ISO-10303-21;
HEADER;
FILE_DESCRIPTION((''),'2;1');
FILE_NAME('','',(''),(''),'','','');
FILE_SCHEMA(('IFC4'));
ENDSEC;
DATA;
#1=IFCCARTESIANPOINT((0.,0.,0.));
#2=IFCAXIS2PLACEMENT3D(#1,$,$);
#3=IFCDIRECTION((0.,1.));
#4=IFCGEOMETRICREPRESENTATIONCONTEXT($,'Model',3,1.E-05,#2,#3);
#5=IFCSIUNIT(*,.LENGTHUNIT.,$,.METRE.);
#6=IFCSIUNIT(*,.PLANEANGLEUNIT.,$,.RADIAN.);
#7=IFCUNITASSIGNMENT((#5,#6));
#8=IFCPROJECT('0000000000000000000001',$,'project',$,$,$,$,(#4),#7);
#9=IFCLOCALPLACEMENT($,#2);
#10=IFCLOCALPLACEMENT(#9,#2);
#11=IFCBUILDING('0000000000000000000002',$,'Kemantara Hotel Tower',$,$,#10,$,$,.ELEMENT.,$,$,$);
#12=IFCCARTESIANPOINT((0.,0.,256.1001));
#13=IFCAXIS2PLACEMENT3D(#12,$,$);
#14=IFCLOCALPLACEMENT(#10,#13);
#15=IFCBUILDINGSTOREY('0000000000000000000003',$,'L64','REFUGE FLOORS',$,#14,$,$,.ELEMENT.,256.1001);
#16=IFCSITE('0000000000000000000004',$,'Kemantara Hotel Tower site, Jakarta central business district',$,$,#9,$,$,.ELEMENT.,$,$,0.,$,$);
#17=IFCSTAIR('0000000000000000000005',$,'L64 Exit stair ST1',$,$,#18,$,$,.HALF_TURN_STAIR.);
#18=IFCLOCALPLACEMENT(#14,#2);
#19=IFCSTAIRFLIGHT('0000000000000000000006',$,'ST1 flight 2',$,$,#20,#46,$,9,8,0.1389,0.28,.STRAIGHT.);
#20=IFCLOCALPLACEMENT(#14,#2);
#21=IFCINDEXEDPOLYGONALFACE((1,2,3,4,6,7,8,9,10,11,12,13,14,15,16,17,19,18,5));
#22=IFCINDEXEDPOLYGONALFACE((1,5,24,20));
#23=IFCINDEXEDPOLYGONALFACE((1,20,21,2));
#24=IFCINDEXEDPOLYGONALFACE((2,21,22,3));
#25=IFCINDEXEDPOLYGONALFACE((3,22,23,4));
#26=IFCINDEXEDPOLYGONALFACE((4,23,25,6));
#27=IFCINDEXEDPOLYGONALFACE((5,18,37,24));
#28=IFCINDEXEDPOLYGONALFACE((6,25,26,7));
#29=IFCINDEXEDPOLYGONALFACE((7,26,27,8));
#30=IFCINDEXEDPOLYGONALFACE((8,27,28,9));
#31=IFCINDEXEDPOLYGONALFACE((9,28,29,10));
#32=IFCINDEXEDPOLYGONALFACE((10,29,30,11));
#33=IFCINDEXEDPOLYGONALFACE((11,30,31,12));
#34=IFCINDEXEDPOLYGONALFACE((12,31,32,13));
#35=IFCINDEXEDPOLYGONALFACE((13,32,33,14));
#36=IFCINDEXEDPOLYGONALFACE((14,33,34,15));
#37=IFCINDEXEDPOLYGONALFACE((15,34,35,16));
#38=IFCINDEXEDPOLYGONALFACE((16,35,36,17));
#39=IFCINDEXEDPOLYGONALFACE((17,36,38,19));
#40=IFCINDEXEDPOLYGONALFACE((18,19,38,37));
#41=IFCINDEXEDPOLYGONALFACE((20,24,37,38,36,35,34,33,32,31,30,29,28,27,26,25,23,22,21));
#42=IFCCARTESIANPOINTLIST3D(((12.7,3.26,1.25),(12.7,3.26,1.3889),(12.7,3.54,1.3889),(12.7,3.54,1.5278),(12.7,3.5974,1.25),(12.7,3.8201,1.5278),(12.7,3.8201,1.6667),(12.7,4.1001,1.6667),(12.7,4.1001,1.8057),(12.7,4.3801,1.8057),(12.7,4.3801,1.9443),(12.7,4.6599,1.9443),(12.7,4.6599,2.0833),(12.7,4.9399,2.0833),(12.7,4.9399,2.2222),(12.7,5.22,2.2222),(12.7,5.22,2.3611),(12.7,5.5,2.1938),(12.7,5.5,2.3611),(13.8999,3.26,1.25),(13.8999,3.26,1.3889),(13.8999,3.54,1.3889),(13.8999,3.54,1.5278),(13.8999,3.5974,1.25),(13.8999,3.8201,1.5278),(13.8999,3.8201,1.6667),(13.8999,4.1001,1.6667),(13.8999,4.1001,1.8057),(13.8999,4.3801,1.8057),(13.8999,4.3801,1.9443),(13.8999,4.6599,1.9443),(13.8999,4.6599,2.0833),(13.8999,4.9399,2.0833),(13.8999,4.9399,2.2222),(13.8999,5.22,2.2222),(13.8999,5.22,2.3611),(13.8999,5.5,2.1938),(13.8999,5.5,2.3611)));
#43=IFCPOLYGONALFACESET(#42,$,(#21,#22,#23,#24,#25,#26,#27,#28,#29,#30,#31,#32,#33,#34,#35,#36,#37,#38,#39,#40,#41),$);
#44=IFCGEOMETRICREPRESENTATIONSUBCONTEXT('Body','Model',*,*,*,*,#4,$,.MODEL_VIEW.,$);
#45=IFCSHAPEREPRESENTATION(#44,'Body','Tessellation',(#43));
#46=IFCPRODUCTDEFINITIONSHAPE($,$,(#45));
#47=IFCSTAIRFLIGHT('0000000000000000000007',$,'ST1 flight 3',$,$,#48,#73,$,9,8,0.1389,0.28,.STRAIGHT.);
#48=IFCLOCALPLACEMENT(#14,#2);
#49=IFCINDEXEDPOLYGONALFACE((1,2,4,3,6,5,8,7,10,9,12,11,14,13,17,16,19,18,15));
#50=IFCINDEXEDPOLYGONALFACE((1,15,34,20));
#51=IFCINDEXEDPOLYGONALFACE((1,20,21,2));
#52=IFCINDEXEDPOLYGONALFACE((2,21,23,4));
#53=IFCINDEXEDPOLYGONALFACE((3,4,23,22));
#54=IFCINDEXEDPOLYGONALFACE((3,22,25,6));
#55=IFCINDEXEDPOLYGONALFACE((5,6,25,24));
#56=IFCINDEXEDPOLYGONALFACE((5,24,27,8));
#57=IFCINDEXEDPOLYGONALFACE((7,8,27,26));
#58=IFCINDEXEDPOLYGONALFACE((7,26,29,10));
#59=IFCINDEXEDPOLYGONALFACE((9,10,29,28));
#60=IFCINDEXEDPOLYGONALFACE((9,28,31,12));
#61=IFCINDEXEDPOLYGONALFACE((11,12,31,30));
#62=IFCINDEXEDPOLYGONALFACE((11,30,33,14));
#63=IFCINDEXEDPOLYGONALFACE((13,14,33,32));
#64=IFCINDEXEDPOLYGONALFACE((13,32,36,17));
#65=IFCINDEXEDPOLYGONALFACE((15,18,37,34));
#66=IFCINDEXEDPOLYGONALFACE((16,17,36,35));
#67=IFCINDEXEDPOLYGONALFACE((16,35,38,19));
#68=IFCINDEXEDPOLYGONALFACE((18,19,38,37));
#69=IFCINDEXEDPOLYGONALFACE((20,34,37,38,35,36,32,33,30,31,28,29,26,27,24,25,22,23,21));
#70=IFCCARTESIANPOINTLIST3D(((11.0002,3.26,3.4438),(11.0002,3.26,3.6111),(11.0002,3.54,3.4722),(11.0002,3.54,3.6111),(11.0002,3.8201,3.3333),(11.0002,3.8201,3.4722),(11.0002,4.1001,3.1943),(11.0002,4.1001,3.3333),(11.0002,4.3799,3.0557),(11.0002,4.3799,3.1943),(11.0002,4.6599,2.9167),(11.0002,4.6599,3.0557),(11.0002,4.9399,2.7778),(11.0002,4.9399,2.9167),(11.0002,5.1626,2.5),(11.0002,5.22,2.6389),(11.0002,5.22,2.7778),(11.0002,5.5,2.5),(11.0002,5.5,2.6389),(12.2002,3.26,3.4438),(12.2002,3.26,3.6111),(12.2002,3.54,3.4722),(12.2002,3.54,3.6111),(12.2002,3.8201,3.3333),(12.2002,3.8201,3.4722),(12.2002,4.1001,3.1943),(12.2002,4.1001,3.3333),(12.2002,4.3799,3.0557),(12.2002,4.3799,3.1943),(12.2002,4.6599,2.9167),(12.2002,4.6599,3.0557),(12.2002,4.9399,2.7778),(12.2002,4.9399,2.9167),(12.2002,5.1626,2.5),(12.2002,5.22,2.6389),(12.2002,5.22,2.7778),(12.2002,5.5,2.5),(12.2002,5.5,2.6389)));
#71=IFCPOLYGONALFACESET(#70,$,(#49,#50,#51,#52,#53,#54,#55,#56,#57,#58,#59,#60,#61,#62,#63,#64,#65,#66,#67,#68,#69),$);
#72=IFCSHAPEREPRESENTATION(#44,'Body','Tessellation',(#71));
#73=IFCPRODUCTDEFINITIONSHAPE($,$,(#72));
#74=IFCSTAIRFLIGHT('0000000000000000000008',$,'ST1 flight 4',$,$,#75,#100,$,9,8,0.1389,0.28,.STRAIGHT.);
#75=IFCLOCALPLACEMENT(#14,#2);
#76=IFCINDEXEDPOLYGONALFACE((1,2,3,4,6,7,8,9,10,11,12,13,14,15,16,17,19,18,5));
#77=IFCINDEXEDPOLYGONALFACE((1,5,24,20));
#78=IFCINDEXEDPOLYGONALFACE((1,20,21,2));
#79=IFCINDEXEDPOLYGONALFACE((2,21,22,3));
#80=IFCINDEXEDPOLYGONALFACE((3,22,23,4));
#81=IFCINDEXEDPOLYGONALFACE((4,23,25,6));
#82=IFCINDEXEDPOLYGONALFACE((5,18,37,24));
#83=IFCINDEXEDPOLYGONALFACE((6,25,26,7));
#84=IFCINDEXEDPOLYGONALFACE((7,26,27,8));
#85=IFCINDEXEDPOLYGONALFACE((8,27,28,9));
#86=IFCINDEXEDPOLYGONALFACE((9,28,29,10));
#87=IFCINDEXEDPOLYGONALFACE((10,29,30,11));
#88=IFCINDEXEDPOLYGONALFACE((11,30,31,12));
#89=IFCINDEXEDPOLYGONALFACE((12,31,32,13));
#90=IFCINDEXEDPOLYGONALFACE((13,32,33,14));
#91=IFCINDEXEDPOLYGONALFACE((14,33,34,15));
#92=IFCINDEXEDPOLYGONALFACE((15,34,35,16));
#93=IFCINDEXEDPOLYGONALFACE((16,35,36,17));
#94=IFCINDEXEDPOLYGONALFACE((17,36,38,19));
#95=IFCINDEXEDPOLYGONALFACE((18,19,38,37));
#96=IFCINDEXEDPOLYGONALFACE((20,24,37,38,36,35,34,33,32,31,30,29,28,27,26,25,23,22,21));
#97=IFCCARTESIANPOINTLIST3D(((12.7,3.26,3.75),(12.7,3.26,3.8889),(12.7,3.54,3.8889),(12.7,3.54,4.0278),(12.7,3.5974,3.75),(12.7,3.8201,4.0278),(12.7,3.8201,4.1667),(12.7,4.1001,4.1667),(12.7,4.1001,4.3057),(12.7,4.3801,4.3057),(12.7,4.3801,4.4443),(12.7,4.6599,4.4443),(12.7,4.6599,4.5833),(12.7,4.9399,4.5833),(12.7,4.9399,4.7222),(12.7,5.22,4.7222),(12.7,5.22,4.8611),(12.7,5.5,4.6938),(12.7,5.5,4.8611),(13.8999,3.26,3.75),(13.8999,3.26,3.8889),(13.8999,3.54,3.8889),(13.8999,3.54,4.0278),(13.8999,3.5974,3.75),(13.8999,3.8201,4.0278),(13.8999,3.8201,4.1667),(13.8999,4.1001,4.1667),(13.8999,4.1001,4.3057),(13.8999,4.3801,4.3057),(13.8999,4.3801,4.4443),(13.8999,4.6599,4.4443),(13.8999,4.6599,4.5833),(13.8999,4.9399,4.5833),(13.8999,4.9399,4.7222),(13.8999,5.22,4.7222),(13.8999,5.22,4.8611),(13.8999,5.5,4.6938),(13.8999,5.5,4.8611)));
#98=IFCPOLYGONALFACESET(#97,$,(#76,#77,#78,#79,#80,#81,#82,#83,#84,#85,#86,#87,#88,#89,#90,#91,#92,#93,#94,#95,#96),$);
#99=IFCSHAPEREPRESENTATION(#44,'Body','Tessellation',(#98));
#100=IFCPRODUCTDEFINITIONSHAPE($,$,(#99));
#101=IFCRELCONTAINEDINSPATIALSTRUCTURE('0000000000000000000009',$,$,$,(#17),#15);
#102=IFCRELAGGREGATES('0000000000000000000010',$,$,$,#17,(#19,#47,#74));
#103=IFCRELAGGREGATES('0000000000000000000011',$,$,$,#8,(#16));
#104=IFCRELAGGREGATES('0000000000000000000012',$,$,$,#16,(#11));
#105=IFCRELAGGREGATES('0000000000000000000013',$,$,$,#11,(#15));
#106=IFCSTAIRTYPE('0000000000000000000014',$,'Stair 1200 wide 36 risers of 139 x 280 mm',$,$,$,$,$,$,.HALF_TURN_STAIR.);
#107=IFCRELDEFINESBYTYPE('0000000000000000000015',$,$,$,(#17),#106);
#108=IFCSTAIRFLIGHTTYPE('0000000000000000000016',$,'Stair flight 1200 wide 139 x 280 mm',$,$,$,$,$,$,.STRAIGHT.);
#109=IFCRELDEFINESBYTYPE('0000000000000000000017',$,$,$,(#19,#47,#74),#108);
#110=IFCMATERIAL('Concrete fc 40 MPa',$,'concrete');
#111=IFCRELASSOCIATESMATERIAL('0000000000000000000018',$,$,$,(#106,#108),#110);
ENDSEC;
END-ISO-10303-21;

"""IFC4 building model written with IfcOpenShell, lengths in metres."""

from ifc_helpers import new_model, si_unit, direction, frame, origin, place, context, subcontext, project, spatial, polyline, outline, extrude, material, type_object, element, aggregate, save


model = new_model("IFC4")

# Units and contexts
model_context = context("Model", 3, precision=1e-05, world=origin(), true_north=direction((0.0, 1.0)))
body_context = subcontext(model_context, "Body", "Model", "MODEL_VIEW")
ifc_project = project(units=[si_unit("LENGTHUNIT", "METRE"), si_unit("PLANEANGLEUNIT", "RADIAN")], contexts=[model_context])

# Site, building, storey
site_placement = place(None, origin())
site = spatial("IfcSite", under=ifc_project, at=site_placement, Name="Kemantara Hotel Tower site, Jakarta central business district", CompositionType="ELEMENT", RefElevation=0.0)
building_placement = place(site_placement, origin())
building = spatial("IfcBuilding", under=site, at=building_placement, Name="Kemantara Hotel Tower", CompositionType="ELEMENT")
storey_placement = place(building_placement, frame((0.0, 0.0, 256.1001)))
storey = spatial("IfcBuildingStorey", under=building, at=storey_placement, Name="L64", Description="REFUGE FLOORS", CompositionType="ELEMENT", Elevation=256.1001)

# Stair, stair flights
ifc_material_1 = material(Name="Concrete fc 40 MPa", Category="concrete")
stair_type = type_object("IfcStairType", Name="Stair 1200 wide 36 risers of 139 x 280 mm", PredefinedType="HALF_TURN_STAIR", material=ifc_material_1)
stair_placement = place(storey_placement, origin())
stair = element("IfcStair", 1, at=stair_placement, inside=storey, type_object=stair_type, Name="L64 Exit stair ST1", PredefinedType="HALF_TURN_STAIR")
stair_flight_type = type_object("IfcStairFlightType", Name="Stair flight 1200 wide 139 x 280 mm", PredefinedType="STRAIGHT", material=ifc_material_1)
stair_flight_1_placement = place(storey_placement, frame((13.3, 3.26, 1.25), z_axis=(0.0, 0.0, 1.0), x_axis=(0.0, 1.0, 0.0)))
stair_flight_1 = element("IfcStairFlight", 2, at=stair_flight_1_placement, type_object=stair_flight_type, Name="ST1 flight 2", NumberOfRisers=9, NumberOfTreads=8, PredefinedType="STRAIGHT", RiserHeight=0.1389, TreadLength=0.28, context=body_context, shape_type="SweptSolid", body=[
    extrude(outline(polyline([(0.0, 0.0), (0.0, 0.1389), (0.28, 0.1389), (0.28, 0.2778), (0.5601, 0.2778), (0.5601, 0.4167), (0.8401, 0.4167), (0.8401, 0.5557), (1.1201, 0.5557), (1.1201, 0.6943), (1.3999, 0.6943), (1.3999, 0.8333), (1.6799, 0.8333), (1.6799, 0.9722), (1.96, 0.9722), (1.96, 1.1111), (2.24, 1.1111), (2.24, 1.25), (2.24, 0.9438), (0.3374, 0.0), (0.0, 0.0)])), frame((0.0, 0.6001, 0.0), z_axis=(0.0, -1.0, 0.0), x_axis=(1.0, 0.0, 0.0)), (0.0, 0.0, 1.0), 1.2),
])
stair_flight_2_placement = place(storey_placement, frame((11.6001, 5.5, 2.5), z_axis=(0.0, 0.0, 1.0), x_axis=(0.0, -1.0, 0.0)))
stair_flight_2 = element("IfcStairFlight", 3, at=stair_flight_2_placement, type_object=stair_flight_type, Name="ST1 flight 3", NumberOfRisers=9, NumberOfTreads=8, PredefinedType="STRAIGHT", RiserHeight=0.1389, TreadLength=0.28, context=body_context, shape_type="SweptSolid", body=[
    extrude(outline(polyline([(0.0, 0.0), (0.0, 0.1389), (0.28, 0.1389), (0.28, 0.2778), (0.5601, 0.2778), (0.5601, 0.4167), (0.8401, 0.4167), (0.8401, 0.5557), (1.1201, 0.5557), (1.1201, 0.6943), (1.3999, 0.6943), (1.3999, 0.8333), (1.6799, 0.8333), (1.6799, 0.9722), (1.96, 0.9722), (1.96, 1.1111), (2.24, 1.1111), (2.24, 1.25), (2.24, 0.9438), (0.3374, 0.0), (0.0, 0.0)])), frame((0.0, 0.6001, 0.0), z_axis=(0.0, -1.0, 0.0), x_axis=(1.0, 0.0, 0.0)), (0.0, 0.0, 1.0), 1.2),
])
stair_flight_3_placement = place(storey_placement, frame((13.3, 3.26, 3.75), z_axis=(0.0, 0.0, 1.0), x_axis=(0.0, 1.0, 0.0)))
stair_flight_3 = element("IfcStairFlight", 4, at=stair_flight_3_placement, type_object=stair_flight_type, Name="ST1 flight 4", NumberOfRisers=9, NumberOfTreads=8, PredefinedType="STRAIGHT", RiserHeight=0.1389, TreadLength=0.28, context=body_context, shape_type="SweptSolid", body=[
    extrude(outline(polyline([(0.0, 0.0), (0.0, 0.1389), (0.28, 0.1389), (0.28, 0.2778), (0.5601, 0.2778), (0.5601, 0.4167), (0.8401, 0.4167), (0.8401, 0.5557), (1.1201, 0.5557), (1.1201, 0.6943), (1.3999, 0.6943), (1.3999, 0.8333), (1.6799, 0.8333), (1.6799, 0.9722), (1.96, 0.9722), (1.96, 1.1111), (2.24, 1.1111), (2.24, 1.25), (2.24, 0.9438), (0.3374, 0.0), (0.0, 0.0)])), frame((0.0, 0.6001, 0.0), z_axis=(0.0, -1.0, 0.0), x_axis=(1.0, 0.0, 0.0)), (0.0, 0.0, 1.0), 1.2),
])
aggregate(stair, [stair_flight_1, stair_flight_2, stair_flight_3])

save(model, "model.ifc")
